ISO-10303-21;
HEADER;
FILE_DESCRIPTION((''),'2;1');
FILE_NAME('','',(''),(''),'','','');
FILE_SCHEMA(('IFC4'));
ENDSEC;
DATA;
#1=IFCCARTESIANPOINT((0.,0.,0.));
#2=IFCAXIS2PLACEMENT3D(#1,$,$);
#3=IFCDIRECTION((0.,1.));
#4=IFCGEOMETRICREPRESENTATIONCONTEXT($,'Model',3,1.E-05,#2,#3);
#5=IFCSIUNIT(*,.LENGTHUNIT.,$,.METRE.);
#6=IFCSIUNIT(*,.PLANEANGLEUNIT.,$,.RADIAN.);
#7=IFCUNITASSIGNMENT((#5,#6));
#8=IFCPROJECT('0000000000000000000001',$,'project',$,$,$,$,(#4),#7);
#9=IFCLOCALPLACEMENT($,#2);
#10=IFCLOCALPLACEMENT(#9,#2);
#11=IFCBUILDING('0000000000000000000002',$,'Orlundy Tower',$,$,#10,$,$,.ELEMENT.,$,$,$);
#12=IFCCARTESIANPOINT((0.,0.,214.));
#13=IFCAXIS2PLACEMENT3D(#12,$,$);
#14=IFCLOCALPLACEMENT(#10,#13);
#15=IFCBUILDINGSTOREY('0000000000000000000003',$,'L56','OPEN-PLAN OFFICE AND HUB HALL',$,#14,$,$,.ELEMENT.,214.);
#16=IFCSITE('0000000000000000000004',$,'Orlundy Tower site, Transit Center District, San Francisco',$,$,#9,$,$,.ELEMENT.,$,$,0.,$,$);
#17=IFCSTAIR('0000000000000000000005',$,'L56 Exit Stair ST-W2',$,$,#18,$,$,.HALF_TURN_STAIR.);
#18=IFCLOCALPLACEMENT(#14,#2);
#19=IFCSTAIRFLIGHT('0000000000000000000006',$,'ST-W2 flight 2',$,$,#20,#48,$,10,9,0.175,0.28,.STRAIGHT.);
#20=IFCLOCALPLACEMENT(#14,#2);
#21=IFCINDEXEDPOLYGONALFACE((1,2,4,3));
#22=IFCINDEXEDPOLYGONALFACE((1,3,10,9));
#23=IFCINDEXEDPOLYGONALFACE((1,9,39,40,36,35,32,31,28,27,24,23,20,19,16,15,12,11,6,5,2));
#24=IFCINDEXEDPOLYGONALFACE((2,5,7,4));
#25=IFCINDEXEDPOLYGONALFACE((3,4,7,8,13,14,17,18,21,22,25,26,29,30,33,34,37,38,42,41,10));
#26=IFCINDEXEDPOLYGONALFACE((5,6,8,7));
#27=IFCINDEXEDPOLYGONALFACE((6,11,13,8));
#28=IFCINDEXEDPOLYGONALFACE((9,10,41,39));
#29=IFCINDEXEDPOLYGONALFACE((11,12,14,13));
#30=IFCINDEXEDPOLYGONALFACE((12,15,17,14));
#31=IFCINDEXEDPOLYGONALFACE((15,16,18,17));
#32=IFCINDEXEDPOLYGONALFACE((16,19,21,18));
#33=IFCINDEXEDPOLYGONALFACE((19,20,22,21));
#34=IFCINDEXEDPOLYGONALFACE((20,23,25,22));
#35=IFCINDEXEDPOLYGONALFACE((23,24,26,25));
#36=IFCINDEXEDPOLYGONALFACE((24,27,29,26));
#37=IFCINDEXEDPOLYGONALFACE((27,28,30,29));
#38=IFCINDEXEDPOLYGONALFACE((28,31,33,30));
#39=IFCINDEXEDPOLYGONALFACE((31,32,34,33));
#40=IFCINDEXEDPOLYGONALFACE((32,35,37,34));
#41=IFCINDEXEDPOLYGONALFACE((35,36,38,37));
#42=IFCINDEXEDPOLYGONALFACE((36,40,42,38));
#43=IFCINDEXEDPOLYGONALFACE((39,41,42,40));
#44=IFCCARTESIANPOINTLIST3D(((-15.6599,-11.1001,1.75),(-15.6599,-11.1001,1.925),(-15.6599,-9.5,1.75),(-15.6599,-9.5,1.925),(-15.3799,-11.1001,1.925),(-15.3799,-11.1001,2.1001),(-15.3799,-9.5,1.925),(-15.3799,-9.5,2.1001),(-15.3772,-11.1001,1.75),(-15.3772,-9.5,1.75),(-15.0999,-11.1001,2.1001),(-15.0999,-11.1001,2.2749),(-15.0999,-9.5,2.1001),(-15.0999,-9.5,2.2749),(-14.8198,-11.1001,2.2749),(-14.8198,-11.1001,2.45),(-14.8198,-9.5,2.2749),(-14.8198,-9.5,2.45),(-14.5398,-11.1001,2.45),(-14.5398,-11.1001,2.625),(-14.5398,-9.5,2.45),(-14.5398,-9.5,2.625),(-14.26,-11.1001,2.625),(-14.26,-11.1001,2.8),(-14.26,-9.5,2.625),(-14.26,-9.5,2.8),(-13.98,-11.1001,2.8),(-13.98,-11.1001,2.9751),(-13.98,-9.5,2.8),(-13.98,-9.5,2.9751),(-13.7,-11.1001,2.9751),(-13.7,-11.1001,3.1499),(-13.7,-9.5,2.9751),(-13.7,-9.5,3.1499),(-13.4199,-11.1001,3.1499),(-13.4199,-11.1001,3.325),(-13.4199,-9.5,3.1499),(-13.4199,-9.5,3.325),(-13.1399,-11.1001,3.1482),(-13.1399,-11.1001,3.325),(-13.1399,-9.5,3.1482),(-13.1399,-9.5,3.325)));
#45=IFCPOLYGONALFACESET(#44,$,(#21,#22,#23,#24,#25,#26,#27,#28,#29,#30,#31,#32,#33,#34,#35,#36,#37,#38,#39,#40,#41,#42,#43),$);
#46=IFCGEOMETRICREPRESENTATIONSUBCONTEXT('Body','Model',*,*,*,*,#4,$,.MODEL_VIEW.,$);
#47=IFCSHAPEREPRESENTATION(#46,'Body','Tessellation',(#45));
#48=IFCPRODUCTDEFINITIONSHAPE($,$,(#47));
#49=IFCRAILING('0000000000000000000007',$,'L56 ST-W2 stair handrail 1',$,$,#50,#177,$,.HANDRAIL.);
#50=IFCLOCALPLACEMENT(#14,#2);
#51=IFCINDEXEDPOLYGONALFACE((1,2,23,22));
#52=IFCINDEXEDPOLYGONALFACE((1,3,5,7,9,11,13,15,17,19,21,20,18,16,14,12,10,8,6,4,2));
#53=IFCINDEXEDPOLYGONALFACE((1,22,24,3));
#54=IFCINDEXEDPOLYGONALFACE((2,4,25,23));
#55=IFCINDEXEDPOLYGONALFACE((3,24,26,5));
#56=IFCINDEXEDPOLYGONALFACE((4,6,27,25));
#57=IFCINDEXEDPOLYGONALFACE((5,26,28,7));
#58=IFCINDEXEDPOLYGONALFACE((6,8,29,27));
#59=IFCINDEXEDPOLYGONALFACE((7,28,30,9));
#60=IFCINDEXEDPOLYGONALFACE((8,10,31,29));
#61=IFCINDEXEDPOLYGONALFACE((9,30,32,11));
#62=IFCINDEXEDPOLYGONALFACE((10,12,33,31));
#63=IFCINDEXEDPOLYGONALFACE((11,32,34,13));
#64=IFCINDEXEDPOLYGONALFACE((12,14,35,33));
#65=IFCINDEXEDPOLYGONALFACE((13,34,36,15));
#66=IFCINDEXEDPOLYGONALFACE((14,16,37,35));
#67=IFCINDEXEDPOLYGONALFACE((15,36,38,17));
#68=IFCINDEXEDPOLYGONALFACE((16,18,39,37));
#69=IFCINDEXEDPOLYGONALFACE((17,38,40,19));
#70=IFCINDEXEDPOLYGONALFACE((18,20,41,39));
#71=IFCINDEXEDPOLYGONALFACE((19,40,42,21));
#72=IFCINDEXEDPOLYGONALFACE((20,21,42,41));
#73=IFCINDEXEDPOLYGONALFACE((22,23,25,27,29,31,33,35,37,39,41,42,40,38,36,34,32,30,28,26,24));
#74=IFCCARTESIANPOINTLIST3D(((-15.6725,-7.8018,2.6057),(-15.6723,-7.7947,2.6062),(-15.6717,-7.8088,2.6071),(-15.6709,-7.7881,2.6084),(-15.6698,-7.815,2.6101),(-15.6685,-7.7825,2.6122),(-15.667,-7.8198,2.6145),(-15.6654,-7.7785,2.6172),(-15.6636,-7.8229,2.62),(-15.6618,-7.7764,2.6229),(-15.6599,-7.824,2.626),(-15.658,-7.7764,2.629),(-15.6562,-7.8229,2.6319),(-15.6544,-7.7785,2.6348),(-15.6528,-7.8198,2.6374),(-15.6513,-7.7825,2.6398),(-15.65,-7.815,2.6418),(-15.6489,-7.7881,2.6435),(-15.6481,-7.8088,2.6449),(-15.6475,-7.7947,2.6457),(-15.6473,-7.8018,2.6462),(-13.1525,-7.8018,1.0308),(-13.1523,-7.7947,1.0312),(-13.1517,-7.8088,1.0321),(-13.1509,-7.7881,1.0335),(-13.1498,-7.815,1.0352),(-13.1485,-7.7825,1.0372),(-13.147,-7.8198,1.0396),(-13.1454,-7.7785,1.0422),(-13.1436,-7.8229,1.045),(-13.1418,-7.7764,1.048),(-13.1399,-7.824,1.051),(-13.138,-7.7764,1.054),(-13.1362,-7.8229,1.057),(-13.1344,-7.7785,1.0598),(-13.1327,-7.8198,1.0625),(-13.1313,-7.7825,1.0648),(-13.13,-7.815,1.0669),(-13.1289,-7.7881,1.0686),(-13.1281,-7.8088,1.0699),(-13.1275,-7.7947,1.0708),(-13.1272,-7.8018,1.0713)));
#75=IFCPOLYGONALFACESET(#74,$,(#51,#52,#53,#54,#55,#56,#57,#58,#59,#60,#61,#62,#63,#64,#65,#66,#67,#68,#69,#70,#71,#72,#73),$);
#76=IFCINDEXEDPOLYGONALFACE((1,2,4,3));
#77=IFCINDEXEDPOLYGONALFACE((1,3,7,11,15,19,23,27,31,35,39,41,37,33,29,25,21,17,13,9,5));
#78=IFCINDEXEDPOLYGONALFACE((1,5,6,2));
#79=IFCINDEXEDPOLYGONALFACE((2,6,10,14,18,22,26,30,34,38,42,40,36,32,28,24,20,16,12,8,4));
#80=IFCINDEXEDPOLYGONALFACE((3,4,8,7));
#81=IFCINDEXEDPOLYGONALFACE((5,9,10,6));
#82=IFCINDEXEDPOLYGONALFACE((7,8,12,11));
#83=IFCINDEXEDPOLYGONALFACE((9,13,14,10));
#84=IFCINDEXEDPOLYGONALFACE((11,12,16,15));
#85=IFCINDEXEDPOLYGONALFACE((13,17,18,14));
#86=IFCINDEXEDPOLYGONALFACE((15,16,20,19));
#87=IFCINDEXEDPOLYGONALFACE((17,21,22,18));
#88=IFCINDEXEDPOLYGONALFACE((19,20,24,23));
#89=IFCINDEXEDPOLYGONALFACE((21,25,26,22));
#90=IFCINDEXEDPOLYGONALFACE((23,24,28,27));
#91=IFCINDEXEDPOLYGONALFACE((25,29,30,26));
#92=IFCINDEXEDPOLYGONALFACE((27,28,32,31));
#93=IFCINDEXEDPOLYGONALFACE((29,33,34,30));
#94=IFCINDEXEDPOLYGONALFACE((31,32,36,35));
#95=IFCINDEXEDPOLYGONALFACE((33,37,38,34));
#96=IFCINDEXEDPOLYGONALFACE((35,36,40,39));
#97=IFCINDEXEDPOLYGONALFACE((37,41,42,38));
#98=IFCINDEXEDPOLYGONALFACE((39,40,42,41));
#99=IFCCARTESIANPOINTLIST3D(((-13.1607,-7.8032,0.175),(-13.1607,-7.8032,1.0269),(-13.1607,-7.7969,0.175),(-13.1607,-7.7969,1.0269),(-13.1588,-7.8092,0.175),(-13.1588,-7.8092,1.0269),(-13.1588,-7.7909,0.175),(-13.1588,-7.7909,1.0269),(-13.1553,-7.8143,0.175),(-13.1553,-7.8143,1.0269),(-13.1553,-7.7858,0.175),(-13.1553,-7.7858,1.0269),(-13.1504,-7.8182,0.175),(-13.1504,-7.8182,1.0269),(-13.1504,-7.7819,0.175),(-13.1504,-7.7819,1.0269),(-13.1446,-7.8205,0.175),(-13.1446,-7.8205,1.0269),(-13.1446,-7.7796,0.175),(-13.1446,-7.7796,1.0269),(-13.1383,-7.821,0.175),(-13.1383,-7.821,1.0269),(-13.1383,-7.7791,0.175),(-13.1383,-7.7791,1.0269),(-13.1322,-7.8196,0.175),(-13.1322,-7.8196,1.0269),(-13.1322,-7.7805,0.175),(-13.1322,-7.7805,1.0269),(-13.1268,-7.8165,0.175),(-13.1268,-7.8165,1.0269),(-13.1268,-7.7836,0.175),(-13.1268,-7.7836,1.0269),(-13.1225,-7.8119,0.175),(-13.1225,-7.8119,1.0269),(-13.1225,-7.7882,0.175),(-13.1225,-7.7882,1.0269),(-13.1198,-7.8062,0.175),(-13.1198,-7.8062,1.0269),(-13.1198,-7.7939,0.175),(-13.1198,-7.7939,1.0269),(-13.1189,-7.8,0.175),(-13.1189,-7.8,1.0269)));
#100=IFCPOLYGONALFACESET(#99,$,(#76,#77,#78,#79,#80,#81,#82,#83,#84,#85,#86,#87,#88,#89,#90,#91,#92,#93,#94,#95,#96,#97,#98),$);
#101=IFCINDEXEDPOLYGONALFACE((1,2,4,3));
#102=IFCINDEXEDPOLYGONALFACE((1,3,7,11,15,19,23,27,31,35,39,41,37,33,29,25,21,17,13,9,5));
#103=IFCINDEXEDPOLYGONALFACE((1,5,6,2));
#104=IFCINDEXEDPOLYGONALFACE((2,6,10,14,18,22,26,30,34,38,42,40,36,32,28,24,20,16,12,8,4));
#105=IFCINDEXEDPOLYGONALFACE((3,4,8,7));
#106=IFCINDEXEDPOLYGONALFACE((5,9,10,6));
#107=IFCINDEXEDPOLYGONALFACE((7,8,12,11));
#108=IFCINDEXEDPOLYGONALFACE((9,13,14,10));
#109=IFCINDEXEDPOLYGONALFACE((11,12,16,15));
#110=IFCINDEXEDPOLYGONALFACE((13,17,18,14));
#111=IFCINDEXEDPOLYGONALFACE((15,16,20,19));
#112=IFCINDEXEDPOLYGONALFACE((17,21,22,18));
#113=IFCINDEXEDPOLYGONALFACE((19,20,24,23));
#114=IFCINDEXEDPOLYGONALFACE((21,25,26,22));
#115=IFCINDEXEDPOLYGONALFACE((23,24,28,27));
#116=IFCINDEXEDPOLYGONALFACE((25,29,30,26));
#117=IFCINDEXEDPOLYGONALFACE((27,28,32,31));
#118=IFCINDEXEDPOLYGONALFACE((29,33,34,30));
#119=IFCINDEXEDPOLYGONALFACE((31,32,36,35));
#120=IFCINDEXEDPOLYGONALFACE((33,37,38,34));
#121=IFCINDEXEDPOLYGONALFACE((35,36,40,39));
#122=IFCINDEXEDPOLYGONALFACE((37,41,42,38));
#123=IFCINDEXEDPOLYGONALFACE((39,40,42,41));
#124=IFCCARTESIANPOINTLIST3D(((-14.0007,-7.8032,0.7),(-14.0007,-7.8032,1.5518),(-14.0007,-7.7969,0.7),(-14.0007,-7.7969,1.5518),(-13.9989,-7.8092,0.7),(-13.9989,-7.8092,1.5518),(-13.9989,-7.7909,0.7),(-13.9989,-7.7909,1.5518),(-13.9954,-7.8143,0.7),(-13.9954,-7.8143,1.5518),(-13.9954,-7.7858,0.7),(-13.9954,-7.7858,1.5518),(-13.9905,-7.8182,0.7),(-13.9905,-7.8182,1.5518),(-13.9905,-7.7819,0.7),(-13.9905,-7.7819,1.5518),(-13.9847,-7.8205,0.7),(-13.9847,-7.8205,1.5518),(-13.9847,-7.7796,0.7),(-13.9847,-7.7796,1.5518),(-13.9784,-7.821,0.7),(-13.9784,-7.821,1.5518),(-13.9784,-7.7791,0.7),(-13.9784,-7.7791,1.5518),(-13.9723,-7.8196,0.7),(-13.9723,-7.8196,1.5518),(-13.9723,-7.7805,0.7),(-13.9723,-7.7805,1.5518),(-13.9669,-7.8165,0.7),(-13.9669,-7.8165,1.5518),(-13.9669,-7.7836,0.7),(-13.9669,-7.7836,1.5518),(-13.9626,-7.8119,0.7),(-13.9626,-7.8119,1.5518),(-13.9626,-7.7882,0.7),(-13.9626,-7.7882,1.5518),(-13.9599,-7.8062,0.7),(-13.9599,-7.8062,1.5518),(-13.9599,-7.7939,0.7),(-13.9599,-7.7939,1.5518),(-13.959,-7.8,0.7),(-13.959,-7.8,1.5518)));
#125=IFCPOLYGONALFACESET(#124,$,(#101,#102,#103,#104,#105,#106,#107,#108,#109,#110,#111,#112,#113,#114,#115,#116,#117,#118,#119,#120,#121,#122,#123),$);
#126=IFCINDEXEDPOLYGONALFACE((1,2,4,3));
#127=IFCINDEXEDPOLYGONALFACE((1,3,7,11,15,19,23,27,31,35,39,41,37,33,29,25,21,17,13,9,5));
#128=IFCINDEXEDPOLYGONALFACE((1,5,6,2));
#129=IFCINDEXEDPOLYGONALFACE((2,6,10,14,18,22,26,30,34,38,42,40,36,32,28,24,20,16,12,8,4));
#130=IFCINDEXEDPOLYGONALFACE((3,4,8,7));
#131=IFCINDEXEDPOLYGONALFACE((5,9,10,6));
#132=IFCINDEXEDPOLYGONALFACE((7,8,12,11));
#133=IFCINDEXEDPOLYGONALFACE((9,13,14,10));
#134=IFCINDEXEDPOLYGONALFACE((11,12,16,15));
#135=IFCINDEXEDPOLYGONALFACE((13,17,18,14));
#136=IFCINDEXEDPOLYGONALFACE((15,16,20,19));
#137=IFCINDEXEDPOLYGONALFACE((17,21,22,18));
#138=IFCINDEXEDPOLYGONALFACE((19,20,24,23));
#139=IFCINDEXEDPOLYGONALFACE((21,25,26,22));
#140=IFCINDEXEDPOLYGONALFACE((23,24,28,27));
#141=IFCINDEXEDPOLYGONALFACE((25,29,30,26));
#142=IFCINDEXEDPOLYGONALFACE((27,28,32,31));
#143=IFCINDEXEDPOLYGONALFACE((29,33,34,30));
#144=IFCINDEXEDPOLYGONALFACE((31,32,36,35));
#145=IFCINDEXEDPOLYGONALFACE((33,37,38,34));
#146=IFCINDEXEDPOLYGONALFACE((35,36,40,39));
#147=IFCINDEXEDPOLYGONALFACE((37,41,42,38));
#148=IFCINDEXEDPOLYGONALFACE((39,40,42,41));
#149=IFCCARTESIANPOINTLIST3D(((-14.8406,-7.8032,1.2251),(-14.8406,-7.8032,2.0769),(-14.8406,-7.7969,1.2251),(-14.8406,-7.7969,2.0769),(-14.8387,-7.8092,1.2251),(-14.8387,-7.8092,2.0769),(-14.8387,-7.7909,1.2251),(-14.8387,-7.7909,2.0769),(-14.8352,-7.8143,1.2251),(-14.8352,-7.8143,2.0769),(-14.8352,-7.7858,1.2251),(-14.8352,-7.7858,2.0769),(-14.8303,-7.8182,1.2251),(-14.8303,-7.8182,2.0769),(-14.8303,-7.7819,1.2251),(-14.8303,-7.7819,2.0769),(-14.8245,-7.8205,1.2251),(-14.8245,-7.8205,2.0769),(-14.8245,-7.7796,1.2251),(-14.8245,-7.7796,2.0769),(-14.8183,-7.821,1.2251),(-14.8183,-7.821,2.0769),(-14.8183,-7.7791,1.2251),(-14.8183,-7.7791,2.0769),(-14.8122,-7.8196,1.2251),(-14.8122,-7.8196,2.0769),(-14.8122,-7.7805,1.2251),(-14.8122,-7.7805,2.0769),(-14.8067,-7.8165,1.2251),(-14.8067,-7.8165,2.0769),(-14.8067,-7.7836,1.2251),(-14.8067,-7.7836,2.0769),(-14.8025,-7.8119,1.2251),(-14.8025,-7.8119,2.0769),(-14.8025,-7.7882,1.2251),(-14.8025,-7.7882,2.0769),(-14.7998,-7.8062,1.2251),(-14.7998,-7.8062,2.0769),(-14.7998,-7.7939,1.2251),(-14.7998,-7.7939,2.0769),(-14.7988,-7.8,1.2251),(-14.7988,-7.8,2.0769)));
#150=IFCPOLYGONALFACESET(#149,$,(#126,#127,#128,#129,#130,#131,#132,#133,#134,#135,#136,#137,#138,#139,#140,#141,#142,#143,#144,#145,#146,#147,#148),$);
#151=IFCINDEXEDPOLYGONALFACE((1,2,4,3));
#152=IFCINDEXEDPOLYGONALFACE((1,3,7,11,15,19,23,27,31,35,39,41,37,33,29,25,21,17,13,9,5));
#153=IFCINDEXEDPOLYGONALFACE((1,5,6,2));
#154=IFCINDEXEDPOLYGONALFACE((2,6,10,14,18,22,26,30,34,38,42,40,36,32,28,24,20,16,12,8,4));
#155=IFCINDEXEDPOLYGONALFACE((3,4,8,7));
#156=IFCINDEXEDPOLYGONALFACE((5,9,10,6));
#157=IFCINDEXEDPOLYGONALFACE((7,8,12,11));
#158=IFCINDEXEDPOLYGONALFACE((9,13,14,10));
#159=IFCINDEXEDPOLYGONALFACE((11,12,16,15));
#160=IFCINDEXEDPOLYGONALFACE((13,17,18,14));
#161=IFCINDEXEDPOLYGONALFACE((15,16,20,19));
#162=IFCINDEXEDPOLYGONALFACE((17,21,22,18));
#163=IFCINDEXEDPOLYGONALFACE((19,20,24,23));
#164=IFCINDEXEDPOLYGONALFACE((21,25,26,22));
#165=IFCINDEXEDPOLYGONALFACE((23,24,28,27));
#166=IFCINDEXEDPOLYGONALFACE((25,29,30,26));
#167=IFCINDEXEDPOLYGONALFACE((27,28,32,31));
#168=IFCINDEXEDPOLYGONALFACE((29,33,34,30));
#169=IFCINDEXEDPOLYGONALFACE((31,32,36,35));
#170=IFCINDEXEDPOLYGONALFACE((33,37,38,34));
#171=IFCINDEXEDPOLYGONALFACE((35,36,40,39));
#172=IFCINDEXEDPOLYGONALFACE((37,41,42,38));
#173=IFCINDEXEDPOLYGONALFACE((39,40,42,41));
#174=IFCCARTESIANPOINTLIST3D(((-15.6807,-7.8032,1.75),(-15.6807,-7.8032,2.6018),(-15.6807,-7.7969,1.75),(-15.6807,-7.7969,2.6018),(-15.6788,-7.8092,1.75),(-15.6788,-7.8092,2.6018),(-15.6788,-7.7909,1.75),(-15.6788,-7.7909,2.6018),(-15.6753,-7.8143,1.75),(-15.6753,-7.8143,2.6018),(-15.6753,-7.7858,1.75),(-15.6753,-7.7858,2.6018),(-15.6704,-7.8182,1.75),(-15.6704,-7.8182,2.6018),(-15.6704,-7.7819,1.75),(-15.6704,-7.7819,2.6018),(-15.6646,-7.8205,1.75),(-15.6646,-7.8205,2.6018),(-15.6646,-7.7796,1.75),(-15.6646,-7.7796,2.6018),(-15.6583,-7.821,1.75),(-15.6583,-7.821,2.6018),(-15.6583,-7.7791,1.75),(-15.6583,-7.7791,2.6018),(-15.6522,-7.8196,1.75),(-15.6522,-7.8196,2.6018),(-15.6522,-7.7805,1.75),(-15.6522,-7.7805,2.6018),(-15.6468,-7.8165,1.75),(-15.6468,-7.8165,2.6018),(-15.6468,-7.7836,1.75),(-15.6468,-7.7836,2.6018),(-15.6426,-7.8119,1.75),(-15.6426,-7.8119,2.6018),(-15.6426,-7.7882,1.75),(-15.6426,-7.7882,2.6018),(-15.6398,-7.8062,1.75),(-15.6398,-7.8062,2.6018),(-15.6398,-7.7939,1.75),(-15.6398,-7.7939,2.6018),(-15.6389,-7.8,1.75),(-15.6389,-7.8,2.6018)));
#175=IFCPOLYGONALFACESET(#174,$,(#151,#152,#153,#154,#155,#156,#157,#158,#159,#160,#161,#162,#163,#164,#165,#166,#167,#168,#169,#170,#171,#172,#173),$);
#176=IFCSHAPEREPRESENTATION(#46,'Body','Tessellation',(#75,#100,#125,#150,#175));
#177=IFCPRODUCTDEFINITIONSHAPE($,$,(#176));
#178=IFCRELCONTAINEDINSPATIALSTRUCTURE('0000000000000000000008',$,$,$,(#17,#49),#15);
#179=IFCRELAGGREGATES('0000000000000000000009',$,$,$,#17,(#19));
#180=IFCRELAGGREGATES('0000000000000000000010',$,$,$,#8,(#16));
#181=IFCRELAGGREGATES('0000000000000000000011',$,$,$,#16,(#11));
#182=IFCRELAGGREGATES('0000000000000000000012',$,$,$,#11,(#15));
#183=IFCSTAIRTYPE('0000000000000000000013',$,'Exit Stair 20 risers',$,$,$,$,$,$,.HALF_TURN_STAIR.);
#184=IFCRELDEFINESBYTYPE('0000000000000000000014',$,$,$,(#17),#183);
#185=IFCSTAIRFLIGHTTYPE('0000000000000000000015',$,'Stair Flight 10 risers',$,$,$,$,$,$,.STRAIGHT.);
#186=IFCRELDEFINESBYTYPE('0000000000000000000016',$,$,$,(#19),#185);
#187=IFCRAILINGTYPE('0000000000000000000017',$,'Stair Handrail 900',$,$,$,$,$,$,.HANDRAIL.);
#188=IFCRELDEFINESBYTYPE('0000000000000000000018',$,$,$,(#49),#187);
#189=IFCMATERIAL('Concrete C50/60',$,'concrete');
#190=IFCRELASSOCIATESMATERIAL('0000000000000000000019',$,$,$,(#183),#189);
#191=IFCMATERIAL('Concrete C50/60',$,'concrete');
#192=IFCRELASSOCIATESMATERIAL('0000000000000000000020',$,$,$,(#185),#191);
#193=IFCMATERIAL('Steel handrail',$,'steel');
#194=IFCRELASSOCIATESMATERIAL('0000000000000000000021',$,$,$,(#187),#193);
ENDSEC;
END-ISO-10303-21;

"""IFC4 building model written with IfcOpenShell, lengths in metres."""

from ifc_helpers import new_model, si_unit, direction, frame, origin, origin_2d, place, context, subcontext, project, spatial, polyline, circle, outline, extrude, material, type_object, element, aggregate, save


model = new_model("IFC4")

# Units and contexts
model_context = context("Model", 3, precision=1e-05, world=origin(), true_north=direction((0.0, 1.0)))
body_context = subcontext(model_context, "Body", "Model", "MODEL_VIEW")
ifc_project = project(units=[si_unit("LENGTHUNIT", "METRE"), si_unit("PLANEANGLEUNIT", "RADIAN")], contexts=[model_context])

# Site, building, storey
site_placement = place(None, origin())
site = spatial("IfcSite", under=ifc_project, at=site_placement, Name="Orlundy Tower site, Transit Center District, San Francisco", CompositionType="ELEMENT", RefElevation=0.0)
building_placement = place(site_placement, origin())
building = spatial("IfcBuilding", under=site, at=building_placement, Name="Orlundy Tower", CompositionType="ELEMENT")
storey_placement = place(building_placement, frame((0.0, 0.0, 214.0)))
storey = spatial("IfcBuildingStorey", under=building, at=storey_placement, Name="L56", Description="OPEN-PLAN OFFICE AND HUB HALL", CompositionType="ELEMENT", Elevation=214.0)

# Stair, stair flight
ifc_material_1 = material(Name="Concrete C50/60", Category="concrete")
stair_type = type_object("IfcStairType", Name="Exit Stair 20 risers", PredefinedType="HALF_TURN_STAIR", material=ifc_material_1)
stair_placement = place(storey_placement, origin())
stair = element("IfcStair", 1, at=stair_placement, inside=storey, type_object=stair_type, Name="L56 Exit Stair ST-W2", PredefinedType="HALF_TURN_STAIR")
ifc_material_2 = material(Name="Concrete C50/60", Category="concrete")
stair_flight_type = type_object("IfcStairFlightType", Name="Stair Flight 10 risers", PredefinedType="STRAIGHT", material=ifc_material_2)
stair_flight_1_placement = place(storey_placement, frame((-15.6599, -10.3, 1.75), z_axis=(0.0, 0.0, 1.0), x_axis=(1.0, 0.0, 0.0)))
stair_flight_1 = element("IfcStairFlight", 2, at=stair_flight_1_placement, type_object=stair_flight_type, Name="ST-W2 flight 2", NumberOfRisers=10, NumberOfTreads=9, PredefinedType="STRAIGHT", RiserHeight=0.175, TreadLength=0.28, context=body_context, shape_type="SweptSolid", body=[
    extrude(outline(polyline([(0.0, 0.0), (0.0, 0.175), (0.28, 0.175), (0.28, 0.3501), (0.5601, 0.3501), (0.5601, 0.5249), (0.8401, 0.5249), (0.8401, 0.7), (1.1201, 0.7), (1.1201, 0.875), (1.3999, 0.875), (1.3999, 1.05), (1.6799, 1.05), (1.6799, 1.2251), (1.96, 1.2251), (1.96, 1.3999), (2.24, 1.3999), (2.24, 1.575), (2.52, 1.575), (2.52, 1.75), (2.52, 1.3982), (0.2827, 0.0), (0.0, 0.0)])), frame((0.0, 0.8, 0.0), z_axis=(0.0, -1.0, 0.0), x_axis=(1.0, 0.0, 0.0)), (0.0, 0.0, 1.0), 1.6001),
])
aggregate(stair, [stair_flight_1])

# Railing
ifc_material_3 = material(Name="Steel handrail", Category="steel")
railing_type_1 = type_object("IfcRailingType", Name="Stair Handrail 900", PredefinedType="HANDRAIL", material=ifc_material_3)
railing_1_placement = place(storey_placement, frame((-13.1399, -7.8, 0.175)))
element("IfcRailing", 3, at=railing_1_placement, inside=storey, type_object=railing_type_1, Name="L56 ST-W2 stair handrail 1", PredefinedType="HANDRAIL", context=body_context, shape_type="SweptSolid", body=[
    extrude(circle(Radius=0.0239, at=origin_2d()), frame((0.0, 0.0, 0.876), z_axis=(-0.848008, 0.0, 0.529984), x_axis=(0.0, -1.0, 0.0)), (0.0, 0.0, 1.0), 2.9717),
    extrude(circle(Radius=0.021, at=origin_2d()), origin(), (0.0, 0.0, 1.0), 0.8518),
    extrude(circle(Radius=0.021, at=origin_2d()), frame((-0.8401, 0.0, 0.5249)), (0.0, 0.0, 1.0), 0.8518),
    extrude(circle(Radius=0.021, at=origin_2d()), frame((-1.6799, 0.0, 1.05)), (0.0, 0.0, 1.0), 0.8518),
    extrude(circle(Radius=0.021, at=origin_2d()), frame((-2.52, 0.0, 1.575)), (0.0, 0.0, 1.0), 0.8518),
])

save(model, "model.ifc")
